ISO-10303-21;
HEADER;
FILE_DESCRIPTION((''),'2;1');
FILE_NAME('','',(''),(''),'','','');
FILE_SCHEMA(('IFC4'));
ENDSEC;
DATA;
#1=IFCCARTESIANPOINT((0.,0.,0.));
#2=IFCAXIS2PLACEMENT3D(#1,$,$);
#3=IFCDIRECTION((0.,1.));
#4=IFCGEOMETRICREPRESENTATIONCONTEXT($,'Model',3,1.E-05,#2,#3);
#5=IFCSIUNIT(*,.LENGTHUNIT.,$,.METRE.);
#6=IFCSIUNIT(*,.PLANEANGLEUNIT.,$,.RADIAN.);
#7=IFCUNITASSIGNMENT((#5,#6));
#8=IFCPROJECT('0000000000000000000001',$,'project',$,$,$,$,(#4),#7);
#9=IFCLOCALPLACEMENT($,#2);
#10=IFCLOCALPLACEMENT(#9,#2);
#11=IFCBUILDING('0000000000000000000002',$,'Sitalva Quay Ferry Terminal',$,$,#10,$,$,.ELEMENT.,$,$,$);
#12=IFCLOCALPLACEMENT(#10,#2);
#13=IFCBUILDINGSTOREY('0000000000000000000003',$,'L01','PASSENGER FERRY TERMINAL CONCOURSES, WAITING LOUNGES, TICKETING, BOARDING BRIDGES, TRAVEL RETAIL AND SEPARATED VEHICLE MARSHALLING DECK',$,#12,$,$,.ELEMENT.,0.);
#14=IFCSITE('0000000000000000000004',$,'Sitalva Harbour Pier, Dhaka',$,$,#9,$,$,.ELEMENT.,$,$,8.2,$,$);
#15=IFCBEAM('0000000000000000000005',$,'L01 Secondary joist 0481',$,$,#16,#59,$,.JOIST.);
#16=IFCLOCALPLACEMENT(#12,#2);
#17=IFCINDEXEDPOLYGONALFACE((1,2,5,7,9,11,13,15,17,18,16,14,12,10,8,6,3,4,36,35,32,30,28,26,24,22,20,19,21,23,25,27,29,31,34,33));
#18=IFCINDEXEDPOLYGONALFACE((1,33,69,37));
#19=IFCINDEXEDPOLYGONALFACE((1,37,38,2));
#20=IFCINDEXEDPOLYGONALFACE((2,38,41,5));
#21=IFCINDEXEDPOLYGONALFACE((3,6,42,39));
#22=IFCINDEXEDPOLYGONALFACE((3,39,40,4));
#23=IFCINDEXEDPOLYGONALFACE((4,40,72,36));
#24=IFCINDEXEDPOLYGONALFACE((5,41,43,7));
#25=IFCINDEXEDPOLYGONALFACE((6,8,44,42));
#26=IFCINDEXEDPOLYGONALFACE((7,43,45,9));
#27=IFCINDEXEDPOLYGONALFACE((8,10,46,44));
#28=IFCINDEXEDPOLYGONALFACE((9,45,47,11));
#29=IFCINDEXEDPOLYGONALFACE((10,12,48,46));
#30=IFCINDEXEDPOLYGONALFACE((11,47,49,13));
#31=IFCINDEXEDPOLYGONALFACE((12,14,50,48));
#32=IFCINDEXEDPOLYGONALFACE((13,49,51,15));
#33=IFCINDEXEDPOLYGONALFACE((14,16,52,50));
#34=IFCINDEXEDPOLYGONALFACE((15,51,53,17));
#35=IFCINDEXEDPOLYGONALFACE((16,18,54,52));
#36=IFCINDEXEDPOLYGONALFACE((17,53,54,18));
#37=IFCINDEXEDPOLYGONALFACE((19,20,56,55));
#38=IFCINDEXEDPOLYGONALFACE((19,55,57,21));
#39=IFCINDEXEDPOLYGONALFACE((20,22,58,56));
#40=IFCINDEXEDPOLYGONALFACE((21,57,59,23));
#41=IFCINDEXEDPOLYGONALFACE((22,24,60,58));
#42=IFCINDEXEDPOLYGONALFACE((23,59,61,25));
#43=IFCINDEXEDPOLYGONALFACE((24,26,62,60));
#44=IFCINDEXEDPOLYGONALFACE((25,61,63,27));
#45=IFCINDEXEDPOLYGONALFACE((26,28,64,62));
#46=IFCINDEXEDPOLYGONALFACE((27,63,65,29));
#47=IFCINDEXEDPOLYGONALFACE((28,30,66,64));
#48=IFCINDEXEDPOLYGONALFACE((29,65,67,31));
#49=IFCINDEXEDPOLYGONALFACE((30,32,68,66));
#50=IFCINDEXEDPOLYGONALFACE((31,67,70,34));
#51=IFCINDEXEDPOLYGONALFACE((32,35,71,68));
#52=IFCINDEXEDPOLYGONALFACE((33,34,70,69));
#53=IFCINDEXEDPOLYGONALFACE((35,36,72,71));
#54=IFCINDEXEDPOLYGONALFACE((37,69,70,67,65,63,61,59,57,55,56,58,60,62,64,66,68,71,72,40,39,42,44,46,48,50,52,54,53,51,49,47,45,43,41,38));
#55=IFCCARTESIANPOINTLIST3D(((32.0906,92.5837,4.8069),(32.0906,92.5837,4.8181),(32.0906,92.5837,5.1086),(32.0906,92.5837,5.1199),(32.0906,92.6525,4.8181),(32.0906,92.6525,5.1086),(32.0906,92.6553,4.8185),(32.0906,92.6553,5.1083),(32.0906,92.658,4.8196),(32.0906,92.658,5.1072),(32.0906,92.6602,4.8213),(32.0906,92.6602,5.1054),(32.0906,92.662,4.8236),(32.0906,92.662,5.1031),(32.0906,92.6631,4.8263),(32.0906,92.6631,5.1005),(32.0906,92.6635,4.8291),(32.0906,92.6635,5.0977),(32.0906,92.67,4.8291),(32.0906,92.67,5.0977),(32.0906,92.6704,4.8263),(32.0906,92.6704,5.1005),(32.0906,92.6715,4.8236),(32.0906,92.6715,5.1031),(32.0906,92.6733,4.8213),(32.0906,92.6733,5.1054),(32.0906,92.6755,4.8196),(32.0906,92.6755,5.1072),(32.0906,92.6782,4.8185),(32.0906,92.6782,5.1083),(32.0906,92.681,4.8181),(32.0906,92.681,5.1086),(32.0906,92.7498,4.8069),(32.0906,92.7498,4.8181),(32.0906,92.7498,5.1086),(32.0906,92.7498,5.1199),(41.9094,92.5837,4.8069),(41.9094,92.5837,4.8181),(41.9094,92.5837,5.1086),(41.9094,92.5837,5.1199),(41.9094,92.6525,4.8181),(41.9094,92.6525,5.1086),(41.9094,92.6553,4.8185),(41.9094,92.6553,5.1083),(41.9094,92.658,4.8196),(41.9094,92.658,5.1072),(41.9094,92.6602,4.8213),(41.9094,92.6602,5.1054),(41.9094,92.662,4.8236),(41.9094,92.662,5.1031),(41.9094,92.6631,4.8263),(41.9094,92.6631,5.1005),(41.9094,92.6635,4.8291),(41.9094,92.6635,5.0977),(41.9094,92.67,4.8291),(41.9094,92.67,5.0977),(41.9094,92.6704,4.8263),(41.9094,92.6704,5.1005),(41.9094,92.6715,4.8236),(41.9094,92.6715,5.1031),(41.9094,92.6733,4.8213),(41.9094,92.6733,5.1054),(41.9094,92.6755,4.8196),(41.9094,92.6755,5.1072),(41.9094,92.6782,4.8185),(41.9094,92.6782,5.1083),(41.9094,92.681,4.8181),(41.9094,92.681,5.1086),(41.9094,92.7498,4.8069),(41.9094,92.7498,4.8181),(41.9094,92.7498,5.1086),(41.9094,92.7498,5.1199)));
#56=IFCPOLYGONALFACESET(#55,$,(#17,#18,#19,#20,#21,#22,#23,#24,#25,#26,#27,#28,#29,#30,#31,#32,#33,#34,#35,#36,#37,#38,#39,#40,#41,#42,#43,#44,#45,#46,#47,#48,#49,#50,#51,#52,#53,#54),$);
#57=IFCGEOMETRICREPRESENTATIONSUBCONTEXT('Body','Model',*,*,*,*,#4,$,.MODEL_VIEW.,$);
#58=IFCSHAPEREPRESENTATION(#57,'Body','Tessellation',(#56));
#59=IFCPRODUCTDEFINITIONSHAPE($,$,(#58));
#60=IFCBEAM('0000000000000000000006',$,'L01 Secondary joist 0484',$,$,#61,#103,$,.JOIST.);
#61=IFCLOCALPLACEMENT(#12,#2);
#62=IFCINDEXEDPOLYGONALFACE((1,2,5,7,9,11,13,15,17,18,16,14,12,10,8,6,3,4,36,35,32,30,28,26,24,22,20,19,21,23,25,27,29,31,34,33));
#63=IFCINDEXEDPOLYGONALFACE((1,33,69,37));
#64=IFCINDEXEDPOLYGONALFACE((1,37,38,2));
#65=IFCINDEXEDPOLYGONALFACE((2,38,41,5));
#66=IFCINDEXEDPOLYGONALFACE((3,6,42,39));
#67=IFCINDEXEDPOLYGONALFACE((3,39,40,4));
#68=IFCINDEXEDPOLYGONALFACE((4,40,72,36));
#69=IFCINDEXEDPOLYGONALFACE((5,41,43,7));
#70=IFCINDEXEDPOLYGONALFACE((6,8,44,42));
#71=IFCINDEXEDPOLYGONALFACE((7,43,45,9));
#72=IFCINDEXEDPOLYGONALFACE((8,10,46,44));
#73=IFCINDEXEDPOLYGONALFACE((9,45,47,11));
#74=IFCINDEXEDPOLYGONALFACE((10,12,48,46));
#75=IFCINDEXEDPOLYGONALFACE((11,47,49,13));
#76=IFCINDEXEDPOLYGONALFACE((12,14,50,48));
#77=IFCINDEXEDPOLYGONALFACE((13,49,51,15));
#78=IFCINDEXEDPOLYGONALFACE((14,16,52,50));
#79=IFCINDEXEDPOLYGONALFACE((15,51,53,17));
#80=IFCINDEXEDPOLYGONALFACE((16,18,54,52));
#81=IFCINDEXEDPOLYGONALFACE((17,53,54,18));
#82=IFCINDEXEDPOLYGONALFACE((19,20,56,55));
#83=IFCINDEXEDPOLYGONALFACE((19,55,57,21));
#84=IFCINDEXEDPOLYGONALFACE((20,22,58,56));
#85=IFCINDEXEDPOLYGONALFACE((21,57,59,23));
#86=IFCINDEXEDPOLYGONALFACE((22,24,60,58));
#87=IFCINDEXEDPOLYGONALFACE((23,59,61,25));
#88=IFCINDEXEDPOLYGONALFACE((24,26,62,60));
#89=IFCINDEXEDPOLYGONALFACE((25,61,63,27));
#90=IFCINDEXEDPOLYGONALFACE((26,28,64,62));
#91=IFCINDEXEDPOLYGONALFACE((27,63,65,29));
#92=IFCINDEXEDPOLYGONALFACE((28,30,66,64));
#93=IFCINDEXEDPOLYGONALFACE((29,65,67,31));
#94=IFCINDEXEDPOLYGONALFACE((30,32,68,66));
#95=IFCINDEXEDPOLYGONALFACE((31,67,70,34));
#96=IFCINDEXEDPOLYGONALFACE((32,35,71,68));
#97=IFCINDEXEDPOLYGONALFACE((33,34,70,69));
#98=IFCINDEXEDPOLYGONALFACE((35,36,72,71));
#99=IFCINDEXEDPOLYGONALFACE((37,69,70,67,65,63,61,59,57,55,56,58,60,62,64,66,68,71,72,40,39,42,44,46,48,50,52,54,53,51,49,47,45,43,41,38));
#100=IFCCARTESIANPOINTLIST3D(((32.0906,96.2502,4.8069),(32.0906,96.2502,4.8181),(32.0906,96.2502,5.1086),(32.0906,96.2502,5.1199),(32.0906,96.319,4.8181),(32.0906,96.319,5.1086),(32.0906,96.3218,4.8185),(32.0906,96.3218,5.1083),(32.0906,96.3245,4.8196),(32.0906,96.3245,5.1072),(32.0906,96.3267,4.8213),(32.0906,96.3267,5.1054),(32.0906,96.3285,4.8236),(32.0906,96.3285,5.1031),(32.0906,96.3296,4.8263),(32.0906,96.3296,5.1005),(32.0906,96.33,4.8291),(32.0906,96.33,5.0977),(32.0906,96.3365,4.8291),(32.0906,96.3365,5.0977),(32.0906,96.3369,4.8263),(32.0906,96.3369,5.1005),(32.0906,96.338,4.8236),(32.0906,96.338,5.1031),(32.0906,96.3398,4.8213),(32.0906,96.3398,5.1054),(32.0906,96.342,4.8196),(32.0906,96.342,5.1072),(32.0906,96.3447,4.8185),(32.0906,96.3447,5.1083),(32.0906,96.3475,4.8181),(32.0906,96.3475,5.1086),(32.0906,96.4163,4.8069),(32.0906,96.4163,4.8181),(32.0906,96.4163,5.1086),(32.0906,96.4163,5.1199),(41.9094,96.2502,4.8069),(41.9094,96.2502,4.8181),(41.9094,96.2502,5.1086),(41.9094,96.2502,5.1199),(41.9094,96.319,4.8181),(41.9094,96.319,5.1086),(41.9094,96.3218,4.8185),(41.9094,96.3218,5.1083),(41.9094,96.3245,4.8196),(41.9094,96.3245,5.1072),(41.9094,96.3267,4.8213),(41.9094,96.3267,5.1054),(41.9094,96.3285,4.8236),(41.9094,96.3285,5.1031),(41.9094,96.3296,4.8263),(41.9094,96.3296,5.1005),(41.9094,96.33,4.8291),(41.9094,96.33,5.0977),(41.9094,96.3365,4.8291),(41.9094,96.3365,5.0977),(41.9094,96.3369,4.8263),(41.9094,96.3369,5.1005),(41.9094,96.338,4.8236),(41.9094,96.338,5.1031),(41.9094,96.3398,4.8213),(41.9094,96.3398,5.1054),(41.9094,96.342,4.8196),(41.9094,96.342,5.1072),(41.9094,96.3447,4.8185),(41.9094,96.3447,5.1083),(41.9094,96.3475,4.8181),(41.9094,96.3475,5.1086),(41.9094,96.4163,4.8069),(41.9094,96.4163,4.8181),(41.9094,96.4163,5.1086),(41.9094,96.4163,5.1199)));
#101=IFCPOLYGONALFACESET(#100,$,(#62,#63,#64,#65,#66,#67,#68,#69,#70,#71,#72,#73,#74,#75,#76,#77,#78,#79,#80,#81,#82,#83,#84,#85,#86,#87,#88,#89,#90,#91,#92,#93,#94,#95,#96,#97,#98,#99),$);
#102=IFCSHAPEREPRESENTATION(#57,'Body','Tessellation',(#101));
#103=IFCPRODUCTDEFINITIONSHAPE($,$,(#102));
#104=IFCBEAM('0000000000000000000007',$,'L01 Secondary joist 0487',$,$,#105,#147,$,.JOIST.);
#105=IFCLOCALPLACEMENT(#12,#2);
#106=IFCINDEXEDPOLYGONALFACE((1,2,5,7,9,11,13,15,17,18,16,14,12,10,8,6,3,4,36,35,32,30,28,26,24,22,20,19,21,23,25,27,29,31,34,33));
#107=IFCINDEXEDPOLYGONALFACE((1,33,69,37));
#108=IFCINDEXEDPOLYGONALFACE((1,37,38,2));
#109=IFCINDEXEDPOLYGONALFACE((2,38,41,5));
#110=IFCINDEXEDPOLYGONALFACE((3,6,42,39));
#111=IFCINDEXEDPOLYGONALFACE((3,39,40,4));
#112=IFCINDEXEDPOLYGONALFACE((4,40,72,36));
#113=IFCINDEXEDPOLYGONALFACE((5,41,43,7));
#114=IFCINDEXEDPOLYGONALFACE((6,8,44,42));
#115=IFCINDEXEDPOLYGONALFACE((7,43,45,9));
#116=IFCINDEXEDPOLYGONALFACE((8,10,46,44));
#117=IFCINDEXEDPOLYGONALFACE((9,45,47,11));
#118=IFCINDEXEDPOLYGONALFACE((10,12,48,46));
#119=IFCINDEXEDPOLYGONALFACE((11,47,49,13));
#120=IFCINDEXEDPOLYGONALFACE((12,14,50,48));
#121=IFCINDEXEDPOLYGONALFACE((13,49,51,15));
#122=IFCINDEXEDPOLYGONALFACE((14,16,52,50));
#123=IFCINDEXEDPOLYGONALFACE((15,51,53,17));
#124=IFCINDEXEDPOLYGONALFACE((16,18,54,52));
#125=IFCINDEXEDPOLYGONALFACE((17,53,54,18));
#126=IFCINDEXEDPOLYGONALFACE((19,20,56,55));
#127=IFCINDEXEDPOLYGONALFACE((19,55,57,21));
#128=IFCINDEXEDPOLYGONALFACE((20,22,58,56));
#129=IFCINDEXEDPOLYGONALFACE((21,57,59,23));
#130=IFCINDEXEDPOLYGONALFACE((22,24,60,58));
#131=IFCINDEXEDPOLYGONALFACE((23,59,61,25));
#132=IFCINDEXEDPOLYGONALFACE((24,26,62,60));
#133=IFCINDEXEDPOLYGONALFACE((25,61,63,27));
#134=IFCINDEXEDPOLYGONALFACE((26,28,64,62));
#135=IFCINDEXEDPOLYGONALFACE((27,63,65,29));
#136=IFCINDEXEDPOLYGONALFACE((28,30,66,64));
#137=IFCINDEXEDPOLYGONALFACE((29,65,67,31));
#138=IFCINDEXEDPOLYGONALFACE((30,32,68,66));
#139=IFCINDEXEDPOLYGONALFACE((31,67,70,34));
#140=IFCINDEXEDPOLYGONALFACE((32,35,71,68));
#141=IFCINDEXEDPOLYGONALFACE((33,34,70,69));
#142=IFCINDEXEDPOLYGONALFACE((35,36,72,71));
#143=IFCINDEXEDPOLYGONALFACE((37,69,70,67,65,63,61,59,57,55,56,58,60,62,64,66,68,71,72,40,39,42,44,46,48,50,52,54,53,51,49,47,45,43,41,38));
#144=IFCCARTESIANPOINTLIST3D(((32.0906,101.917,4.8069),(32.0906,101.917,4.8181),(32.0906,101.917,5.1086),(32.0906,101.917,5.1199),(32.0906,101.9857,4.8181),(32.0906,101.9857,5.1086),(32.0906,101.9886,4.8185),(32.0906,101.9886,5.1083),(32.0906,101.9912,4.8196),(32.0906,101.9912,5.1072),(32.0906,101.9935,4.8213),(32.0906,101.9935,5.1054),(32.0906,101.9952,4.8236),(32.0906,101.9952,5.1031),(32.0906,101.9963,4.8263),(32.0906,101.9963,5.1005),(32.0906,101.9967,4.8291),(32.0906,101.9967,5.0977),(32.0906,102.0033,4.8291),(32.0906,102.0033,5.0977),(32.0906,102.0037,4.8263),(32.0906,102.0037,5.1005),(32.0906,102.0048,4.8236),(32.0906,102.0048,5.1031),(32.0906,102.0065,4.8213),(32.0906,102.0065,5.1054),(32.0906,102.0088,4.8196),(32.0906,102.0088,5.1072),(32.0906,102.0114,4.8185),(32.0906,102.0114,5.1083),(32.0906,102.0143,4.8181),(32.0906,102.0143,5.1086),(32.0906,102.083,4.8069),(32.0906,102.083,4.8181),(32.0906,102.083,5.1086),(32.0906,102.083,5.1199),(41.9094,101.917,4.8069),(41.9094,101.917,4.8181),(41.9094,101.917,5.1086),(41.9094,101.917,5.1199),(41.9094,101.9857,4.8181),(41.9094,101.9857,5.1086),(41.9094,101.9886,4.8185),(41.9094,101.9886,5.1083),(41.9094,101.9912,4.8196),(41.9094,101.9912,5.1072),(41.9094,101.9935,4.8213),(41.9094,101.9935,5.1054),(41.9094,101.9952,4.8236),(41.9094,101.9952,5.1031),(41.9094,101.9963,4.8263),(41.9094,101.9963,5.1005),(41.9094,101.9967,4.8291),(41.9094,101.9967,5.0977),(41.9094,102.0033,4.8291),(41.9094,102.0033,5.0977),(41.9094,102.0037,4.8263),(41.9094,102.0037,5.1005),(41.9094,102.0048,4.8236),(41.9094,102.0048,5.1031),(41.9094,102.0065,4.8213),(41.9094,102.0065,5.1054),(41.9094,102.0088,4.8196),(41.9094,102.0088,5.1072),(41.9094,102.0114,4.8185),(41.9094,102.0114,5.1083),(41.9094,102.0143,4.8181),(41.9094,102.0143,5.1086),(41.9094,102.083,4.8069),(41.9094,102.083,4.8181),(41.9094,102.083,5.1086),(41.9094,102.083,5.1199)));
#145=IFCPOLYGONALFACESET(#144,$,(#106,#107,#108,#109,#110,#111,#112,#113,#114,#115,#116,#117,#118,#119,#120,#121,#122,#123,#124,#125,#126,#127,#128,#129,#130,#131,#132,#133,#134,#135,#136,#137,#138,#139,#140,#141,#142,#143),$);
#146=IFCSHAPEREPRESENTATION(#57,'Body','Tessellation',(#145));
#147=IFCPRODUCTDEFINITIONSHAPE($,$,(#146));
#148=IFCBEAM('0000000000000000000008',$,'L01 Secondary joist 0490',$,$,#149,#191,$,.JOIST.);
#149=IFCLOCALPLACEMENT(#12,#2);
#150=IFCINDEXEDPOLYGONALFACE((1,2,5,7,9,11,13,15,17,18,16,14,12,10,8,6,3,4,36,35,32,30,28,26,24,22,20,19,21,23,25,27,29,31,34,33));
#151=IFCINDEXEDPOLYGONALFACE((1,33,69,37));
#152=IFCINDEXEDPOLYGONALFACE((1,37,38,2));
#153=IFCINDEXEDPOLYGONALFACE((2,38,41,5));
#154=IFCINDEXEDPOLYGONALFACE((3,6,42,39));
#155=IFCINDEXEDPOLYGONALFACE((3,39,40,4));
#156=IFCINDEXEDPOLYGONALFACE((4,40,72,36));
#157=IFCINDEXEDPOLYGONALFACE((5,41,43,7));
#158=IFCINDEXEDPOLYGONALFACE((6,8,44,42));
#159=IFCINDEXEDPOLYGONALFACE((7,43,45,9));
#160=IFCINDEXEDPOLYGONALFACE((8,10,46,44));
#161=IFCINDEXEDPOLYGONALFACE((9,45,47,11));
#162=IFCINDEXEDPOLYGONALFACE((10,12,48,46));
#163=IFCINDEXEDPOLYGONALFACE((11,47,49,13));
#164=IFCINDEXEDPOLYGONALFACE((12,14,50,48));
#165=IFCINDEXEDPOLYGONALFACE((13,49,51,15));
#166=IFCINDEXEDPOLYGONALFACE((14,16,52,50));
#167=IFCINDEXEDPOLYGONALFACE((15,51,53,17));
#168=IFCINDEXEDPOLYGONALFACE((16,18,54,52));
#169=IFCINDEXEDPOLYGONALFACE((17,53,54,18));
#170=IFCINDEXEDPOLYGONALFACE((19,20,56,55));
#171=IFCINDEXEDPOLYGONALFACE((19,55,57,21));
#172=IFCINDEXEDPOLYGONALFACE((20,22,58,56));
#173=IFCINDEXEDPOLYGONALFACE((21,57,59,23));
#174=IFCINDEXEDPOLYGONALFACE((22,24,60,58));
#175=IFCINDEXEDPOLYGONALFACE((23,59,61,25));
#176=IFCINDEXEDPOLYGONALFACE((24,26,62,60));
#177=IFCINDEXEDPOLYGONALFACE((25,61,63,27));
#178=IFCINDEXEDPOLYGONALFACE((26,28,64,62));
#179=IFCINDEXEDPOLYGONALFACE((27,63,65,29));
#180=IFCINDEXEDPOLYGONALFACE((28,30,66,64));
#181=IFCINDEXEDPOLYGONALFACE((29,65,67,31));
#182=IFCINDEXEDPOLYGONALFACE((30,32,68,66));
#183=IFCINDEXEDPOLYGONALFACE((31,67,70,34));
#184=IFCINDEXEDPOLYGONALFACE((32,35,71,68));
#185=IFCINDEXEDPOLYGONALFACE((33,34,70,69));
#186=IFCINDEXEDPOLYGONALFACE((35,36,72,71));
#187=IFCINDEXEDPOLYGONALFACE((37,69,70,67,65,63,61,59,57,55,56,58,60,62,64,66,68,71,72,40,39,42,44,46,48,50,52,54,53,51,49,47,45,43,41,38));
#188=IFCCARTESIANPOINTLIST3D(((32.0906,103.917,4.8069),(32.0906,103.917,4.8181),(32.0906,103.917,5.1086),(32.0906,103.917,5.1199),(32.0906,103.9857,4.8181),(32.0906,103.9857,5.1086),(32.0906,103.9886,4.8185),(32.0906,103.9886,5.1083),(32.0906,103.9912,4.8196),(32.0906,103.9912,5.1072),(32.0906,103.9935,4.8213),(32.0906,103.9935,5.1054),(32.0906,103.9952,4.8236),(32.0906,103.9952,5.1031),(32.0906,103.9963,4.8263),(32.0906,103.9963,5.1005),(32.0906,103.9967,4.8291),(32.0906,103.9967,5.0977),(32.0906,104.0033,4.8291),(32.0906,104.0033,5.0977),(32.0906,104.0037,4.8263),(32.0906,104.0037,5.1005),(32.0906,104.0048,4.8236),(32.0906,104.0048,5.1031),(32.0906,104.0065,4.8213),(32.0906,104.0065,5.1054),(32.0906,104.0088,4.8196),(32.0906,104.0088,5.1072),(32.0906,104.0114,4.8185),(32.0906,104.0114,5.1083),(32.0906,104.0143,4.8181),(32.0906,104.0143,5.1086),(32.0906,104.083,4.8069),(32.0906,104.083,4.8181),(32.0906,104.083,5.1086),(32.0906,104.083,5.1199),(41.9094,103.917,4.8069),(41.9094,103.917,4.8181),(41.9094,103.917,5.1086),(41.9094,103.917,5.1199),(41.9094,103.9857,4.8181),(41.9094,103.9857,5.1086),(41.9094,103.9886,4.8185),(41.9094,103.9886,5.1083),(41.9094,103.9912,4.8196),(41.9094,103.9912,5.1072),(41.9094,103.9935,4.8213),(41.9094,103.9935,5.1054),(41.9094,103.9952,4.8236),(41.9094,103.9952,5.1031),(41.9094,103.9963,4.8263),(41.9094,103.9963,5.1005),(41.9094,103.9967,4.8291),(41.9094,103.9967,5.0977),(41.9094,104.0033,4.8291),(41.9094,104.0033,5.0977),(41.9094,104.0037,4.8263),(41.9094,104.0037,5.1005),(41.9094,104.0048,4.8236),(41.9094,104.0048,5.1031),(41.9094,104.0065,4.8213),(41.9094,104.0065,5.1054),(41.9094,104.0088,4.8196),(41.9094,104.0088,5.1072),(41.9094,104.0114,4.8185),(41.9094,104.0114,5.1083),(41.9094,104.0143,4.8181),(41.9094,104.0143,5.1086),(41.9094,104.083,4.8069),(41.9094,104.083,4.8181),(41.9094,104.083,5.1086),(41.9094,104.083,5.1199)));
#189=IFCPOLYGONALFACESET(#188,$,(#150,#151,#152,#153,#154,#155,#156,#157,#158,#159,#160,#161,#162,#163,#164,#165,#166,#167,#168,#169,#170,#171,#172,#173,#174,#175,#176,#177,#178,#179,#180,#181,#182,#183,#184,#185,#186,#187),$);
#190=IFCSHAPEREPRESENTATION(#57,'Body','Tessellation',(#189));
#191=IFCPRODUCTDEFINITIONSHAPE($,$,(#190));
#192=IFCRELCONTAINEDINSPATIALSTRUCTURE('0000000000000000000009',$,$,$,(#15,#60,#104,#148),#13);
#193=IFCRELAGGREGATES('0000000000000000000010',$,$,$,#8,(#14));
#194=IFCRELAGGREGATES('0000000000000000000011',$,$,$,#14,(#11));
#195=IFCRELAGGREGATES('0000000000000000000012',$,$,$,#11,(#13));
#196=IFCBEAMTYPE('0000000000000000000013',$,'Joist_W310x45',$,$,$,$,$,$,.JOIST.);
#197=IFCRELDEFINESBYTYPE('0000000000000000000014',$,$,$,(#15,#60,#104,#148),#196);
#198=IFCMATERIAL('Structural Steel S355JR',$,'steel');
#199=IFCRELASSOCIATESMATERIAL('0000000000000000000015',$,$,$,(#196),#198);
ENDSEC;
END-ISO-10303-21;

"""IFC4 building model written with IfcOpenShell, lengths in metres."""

from ifc_helpers import new_model, si_unit, direction, frame, origin, origin_2d, place, context, subcontext, project, spatial, i_section, extrude, material, material_profile, profile_set, type_object, element, save


model = new_model("IFC4")

# Units and contexts
model_context = context("Model", 3, precision=1e-05, world=origin(), true_north=direction((0.0, 1.0)))
body_context = subcontext(model_context, "Body", "Model", "MODEL_VIEW")
ifc_project = project(units=[si_unit("LENGTHUNIT", "METRE"), si_unit("PLANEANGLEUNIT", "RADIAN")], contexts=[model_context])

# Site, building, storey
site_placement = place(None, origin())
site = spatial("IfcSite", under=ifc_project, at=site_placement, Name="Sitalva Harbour Pier, Dhaka", CompositionType="ELEMENT", RefElevation=8.2)
building_placement = place(site_placement, origin())
building = spatial("IfcBuilding", under=site, at=building_placement, Name="Sitalva Quay Ferry Terminal", CompositionType="ELEMENT")
storey_placement = place(building_placement, origin())
storey = spatial("IfcBuildingStorey", under=building, at=storey_placement, Name="L01", Description="PASSENGER FERRY TERMINAL CONCOURSES, WAITING LOUNGES, TICKETING, BOARDING BRIDGES, TRAVEL RETAIL AND SEPARATED VEHICLE MARSHALLING DECK", CompositionType="ELEMENT", Elevation=0.0)

# Beams
ifc_material_1 = material(Name="Structural Steel S355JR", Category="steel")
ifc_material_profile_1 = material_profile(ifc_material_1, i_section(OverallWidth=0.166, OverallDepth=0.313, WebThickness=0.0066, FlangeThickness=0.0112, FilletRadius=0.011, at=origin_2d()), Name="W310x45")
ifc_profile_set_1 = profile_set([ifc_material_profile_1], Name="Structural Steel S355JR")
beam_type = type_object("IfcBeamType", Name="Joist_W310x45", PredefinedType="JOIST", material=ifc_profile_set_1)
for number, where, z_axis, x_axis, name in (
    (1, (32.0906, 92.6667, 4.9634), (1.0, 0.0, 0.0), (0.0, 1.0, 0.0), "L01 Secondary joist 0481"),
    (2, (32.0906, 96.3333, 4.9634), (1.0, 0.0, 0.0), (0.0, 1.0, 0.0), "L01 Secondary joist 0484"),
    (3, (32.0906, 102.0, 4.9634), (1.0, 0.0, 0.0), (0.0, 1.0, 0.0), "L01 Secondary joist 0487"),
    (4, (32.0906, 104.0, 4.9634), (1.0, 0.0, 0.0), (0.0, 1.0, 0.0), "L01 Secondary joist 0490"),
):
    element("IfcBeam", number, at=place(storey_placement, frame(where, z_axis=z_axis, x_axis=x_axis)), inside=storey, type_object=beam_type, Name=name, PredefinedType="JOIST", context=body_context, shape_type="SweptSolid", body=[
        extrude(i_section(OverallWidth=0.166, OverallDepth=0.313, WebThickness=0.0066, FlangeThickness=0.0112, FilletRadius=0.011, at=origin_2d()), origin(), (0.0, 0.0, 1.0), 9.8188),
    ])

save(model, "model.ifc")
